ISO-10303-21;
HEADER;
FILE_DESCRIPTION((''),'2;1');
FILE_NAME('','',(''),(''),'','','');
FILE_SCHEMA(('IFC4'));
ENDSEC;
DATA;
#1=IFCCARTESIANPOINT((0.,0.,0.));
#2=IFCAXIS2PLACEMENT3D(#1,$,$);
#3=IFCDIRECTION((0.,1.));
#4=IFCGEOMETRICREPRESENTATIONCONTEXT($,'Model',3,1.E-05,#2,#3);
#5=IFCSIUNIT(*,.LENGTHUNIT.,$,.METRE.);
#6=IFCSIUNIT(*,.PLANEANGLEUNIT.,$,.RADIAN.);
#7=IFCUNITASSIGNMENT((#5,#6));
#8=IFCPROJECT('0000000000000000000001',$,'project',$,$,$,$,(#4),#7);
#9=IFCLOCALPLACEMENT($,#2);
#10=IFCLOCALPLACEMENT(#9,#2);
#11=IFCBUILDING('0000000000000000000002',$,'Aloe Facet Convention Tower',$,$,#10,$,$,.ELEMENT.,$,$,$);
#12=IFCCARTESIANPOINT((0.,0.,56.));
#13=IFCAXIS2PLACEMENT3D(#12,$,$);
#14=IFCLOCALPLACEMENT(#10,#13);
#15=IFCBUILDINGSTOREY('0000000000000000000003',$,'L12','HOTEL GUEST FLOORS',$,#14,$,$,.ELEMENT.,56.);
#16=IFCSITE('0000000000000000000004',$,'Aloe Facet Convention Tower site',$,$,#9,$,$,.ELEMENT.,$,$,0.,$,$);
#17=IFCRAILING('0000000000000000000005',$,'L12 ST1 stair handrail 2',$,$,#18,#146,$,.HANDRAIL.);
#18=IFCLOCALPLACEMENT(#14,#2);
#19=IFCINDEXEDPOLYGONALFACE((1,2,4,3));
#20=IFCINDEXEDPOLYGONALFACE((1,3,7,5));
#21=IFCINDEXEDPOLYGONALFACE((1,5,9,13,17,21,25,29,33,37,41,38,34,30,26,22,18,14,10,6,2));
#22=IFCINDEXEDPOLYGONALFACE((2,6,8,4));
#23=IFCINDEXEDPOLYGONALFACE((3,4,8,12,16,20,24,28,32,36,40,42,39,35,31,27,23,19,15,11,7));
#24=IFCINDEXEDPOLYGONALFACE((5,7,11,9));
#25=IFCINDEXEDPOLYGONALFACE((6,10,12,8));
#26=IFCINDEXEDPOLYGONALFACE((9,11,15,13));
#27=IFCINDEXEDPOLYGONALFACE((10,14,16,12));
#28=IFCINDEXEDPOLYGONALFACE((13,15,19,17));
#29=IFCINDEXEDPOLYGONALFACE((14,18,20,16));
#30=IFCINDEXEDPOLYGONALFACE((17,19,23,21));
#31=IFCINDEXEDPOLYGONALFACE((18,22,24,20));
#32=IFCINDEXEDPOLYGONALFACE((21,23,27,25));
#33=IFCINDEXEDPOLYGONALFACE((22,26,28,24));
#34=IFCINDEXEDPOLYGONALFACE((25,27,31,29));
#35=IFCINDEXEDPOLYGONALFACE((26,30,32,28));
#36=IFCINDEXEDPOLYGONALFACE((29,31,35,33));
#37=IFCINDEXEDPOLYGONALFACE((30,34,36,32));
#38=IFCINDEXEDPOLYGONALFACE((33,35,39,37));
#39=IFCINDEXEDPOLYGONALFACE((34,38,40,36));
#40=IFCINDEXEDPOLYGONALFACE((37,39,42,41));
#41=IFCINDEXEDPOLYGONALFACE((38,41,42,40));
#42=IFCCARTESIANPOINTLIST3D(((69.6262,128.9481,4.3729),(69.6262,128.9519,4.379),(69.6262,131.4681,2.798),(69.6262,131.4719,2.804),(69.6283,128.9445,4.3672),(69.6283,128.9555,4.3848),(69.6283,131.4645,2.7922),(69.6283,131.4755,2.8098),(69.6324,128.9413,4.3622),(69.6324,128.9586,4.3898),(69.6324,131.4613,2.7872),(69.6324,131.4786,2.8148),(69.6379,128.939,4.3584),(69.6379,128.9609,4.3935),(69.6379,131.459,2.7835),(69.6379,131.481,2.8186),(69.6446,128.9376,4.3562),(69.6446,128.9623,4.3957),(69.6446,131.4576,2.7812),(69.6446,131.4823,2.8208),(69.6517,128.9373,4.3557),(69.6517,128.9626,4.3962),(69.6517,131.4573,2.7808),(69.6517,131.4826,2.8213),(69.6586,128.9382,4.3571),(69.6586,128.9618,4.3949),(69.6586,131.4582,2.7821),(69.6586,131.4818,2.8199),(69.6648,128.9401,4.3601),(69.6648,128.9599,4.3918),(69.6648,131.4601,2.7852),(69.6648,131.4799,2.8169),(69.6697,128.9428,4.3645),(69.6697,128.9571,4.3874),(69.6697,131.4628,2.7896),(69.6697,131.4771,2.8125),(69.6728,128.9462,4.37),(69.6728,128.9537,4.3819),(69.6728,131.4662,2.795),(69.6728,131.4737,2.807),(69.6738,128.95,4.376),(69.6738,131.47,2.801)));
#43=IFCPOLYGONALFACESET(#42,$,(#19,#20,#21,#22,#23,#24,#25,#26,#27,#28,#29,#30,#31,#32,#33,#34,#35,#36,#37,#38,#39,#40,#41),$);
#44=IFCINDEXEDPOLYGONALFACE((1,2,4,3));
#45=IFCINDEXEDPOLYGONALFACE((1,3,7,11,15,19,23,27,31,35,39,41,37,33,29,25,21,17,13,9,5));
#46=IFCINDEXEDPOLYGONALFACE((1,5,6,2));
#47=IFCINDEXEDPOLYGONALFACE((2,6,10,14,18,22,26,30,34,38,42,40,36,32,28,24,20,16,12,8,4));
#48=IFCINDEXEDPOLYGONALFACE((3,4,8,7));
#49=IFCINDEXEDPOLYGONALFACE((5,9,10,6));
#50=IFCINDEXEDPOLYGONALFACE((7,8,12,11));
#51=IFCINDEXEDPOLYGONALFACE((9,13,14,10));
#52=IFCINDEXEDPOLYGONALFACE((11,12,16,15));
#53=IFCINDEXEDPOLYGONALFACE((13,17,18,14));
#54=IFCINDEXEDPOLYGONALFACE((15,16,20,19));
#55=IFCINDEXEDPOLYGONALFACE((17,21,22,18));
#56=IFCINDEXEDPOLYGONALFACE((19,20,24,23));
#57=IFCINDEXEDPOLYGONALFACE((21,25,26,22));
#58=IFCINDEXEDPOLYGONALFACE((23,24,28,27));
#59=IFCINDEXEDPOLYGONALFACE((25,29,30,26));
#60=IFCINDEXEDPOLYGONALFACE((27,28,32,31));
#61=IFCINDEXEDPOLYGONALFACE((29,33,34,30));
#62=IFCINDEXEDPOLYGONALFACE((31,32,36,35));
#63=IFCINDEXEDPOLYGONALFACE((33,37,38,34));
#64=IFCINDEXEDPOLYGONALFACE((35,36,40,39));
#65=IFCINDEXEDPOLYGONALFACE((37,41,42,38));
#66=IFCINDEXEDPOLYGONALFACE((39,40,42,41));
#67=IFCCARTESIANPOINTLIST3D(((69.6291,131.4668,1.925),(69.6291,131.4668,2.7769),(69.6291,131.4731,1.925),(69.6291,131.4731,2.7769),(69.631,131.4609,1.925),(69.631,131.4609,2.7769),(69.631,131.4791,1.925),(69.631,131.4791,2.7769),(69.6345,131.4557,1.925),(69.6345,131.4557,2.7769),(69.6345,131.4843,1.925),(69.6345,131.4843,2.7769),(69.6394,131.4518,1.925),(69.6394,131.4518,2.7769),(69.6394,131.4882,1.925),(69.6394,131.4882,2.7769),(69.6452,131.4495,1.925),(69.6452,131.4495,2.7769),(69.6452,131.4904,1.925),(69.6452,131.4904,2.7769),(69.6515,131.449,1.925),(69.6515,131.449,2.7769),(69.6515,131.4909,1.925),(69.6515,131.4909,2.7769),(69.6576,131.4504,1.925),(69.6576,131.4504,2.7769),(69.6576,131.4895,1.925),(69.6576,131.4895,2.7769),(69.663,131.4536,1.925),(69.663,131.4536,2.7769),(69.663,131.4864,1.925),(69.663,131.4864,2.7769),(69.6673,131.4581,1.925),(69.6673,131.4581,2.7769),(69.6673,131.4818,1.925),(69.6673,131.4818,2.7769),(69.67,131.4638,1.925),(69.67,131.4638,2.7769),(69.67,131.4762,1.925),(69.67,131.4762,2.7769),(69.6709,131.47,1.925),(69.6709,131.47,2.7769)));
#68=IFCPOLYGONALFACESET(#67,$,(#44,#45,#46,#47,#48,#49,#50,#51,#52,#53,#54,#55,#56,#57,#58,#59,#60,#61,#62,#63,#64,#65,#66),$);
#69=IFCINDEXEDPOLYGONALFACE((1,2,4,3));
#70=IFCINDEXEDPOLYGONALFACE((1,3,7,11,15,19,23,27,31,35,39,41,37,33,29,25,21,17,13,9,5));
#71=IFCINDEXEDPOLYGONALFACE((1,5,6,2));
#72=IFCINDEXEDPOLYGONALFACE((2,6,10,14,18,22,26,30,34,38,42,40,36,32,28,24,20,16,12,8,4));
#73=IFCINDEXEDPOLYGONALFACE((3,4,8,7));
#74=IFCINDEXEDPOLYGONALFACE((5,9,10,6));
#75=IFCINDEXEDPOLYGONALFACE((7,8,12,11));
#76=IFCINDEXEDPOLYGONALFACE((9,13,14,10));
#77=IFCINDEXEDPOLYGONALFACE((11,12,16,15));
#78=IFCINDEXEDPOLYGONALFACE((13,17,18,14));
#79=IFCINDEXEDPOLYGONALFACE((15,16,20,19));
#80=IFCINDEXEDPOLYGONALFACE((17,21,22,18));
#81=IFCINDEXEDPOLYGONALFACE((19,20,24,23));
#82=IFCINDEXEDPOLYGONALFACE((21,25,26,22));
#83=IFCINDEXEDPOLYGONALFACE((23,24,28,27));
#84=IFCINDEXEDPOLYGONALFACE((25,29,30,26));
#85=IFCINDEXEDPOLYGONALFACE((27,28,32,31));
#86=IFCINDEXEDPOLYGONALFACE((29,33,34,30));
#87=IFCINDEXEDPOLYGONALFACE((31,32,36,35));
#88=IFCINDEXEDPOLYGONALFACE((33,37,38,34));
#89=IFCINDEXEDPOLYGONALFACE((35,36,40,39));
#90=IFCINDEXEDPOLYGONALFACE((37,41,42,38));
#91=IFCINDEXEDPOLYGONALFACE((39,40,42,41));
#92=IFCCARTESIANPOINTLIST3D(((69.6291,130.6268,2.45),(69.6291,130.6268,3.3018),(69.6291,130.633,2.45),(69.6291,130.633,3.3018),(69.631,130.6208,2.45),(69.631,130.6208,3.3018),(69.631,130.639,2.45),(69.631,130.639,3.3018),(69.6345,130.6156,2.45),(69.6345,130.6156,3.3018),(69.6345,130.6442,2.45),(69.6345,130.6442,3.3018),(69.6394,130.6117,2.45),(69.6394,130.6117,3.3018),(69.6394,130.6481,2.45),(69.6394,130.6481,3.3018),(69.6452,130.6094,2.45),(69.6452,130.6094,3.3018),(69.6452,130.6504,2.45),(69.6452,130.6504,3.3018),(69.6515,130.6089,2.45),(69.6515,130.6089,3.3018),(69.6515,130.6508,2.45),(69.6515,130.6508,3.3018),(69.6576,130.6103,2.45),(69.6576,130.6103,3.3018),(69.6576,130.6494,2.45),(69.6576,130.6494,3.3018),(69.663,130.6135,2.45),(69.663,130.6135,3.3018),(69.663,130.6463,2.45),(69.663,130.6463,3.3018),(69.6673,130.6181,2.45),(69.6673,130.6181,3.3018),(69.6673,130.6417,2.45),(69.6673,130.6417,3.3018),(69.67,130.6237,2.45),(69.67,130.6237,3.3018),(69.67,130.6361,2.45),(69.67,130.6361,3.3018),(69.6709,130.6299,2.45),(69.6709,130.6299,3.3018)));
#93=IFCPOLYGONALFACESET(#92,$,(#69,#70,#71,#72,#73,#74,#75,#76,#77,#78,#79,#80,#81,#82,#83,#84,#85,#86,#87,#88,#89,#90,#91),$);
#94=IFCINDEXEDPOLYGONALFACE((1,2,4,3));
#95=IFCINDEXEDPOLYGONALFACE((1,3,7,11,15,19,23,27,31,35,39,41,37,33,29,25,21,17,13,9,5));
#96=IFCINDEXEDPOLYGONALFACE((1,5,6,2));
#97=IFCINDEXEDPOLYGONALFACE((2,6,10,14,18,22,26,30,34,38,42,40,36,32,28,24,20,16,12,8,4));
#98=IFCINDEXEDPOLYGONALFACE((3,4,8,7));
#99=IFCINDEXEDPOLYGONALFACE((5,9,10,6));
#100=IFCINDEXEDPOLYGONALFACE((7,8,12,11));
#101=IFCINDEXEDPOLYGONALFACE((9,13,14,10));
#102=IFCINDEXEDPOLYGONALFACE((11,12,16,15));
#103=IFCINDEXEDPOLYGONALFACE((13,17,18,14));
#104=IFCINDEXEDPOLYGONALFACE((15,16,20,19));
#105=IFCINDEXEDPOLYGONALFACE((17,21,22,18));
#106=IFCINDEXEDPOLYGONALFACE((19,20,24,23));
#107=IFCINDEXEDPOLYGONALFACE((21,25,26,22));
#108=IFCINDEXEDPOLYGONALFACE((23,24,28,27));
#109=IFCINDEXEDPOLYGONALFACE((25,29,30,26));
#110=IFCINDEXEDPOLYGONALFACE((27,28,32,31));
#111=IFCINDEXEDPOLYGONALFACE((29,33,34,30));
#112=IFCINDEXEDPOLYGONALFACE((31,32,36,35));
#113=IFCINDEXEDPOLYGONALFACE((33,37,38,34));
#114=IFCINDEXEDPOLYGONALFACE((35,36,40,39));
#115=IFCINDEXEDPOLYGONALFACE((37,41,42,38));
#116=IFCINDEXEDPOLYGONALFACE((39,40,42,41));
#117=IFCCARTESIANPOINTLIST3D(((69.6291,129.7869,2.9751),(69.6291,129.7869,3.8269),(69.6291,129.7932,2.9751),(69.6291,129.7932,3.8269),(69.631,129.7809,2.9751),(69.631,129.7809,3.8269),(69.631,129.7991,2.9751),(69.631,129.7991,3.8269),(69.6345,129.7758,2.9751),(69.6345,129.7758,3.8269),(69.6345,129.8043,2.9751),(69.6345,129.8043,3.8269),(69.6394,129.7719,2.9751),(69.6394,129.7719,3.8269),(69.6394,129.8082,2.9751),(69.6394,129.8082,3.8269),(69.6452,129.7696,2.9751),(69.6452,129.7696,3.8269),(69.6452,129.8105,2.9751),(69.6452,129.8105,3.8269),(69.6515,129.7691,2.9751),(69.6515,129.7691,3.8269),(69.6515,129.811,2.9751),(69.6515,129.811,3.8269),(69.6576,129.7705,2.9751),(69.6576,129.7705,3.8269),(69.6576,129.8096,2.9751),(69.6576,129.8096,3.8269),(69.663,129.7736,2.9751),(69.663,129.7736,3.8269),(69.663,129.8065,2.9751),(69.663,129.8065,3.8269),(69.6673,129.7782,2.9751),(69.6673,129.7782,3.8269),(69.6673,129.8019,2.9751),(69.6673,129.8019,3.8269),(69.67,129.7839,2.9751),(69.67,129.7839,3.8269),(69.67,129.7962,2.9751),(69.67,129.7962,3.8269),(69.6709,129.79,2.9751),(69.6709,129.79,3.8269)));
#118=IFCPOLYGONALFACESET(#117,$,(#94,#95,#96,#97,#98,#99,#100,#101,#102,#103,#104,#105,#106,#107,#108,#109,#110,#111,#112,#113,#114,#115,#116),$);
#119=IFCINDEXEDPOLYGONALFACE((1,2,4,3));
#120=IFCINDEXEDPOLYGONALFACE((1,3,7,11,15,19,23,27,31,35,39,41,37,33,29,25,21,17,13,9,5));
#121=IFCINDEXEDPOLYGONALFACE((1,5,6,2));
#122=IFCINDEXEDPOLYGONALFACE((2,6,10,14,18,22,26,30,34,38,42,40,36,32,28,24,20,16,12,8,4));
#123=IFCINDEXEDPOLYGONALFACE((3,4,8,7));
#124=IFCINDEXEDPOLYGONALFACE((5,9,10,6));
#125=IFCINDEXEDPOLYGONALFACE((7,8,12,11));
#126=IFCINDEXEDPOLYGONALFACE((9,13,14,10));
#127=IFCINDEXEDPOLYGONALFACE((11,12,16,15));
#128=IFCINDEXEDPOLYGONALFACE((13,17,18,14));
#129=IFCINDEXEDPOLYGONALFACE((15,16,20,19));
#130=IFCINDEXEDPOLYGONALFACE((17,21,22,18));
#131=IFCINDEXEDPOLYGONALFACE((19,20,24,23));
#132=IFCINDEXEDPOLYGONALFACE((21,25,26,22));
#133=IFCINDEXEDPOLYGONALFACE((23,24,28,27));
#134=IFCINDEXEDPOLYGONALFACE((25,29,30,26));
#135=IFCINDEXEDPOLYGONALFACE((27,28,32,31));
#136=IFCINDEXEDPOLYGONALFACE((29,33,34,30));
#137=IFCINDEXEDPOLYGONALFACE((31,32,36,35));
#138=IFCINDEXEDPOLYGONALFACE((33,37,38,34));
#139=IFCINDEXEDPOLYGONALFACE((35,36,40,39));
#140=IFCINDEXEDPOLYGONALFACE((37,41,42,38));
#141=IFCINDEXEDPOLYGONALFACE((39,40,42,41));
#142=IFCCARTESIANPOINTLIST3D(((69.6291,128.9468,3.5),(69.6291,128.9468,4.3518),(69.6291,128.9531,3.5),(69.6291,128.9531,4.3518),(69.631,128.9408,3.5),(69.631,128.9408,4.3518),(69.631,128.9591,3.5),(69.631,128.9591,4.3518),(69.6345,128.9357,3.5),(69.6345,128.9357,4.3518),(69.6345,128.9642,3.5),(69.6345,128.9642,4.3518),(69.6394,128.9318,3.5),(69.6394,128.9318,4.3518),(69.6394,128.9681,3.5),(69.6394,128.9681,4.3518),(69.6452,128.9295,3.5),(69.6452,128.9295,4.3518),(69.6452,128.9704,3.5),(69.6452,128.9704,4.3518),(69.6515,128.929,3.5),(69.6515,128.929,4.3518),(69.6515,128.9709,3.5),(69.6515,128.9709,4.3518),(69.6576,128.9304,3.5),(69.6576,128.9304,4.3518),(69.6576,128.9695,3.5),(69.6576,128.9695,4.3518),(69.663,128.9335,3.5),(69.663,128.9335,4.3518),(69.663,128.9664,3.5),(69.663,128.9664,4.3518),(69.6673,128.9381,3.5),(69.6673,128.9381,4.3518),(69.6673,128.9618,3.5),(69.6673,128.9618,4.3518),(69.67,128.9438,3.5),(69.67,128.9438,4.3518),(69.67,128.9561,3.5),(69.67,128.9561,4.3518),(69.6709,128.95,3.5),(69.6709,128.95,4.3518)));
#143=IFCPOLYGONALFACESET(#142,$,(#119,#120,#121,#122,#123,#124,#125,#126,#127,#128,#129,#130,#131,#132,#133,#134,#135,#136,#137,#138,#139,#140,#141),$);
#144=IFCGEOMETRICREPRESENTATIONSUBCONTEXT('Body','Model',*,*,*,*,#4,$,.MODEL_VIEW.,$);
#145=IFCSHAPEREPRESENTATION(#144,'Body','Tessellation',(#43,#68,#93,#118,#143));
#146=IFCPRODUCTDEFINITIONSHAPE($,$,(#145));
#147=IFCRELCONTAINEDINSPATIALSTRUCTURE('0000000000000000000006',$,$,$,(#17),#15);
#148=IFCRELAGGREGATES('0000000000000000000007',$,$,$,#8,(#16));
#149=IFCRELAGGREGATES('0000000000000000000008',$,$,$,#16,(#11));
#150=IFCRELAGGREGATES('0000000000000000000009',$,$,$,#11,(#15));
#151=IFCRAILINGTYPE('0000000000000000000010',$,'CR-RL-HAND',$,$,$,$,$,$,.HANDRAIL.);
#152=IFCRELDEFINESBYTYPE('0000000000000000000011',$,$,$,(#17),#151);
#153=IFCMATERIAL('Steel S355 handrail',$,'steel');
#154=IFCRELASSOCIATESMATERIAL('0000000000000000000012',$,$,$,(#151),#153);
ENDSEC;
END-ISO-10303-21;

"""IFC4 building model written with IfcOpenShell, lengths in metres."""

from ifc_helpers import new_model, si_unit, direction, frame, origin, origin_2d, place, context, subcontext, project, spatial, circle, extrude, material, type_object, element, save


model = new_model("IFC4")

# Units and contexts
model_context = context("Model", 3, precision=1e-05, world=origin(), true_north=direction((0.0, 1.0)))
body_context = subcontext(model_context, "Body", "Model", "MODEL_VIEW")
ifc_project = project(units=[si_unit("LENGTHUNIT", "METRE"), si_unit("PLANEANGLEUNIT", "RADIAN")], contexts=[model_context])

# Site, building, storey
site_placement = place(None, origin())
site = spatial("IfcSite", under=ifc_project, at=site_placement, Name="Aloe Facet Convention Tower site", CompositionType="ELEMENT", RefElevation=0.0)
building_placement = place(site_placement, origin())
building = spatial("IfcBuilding", under=site, at=building_placement, Name="Aloe Facet Convention Tower", CompositionType="ELEMENT")
storey_placement = place(building_placement, frame((0.0, 0.0, 56.0)))
storey = spatial("IfcBuildingStorey", under=building, at=storey_placement, Name="L12", Description="HOTEL GUEST FLOORS", CompositionType="ELEMENT", Elevation=56.0)

# Railing
ifc_material_1 = material(Name="Steel S355 handrail", Category="steel")
railing_type_1 = type_object("IfcRailingType", Name="CR-RL-HAND", PredefinedType="HANDRAIL", material=ifc_material_1)
railing_1_placement = place(storey_placement, frame((69.6499, 131.47, 1.925)))
element("IfcRailing", 1, at=railing_1_placement, inside=storey, type_object=railing_type_1, Name="L12 ST1 stair handrail 2", PredefinedType="HANDRAIL", context=body_context, shape_type="SweptSolid", body=[
    extrude(circle(Radius=0.0239, at=origin_2d()), frame((0.0, 0.0, 0.876), z_axis=(0.0, -0.848008, 0.529984), x_axis=(1.0, 0.0, 0.0)), (0.0, 0.0, 1.0), 2.9717),
    extrude(circle(Radius=0.021, at=origin_2d()), origin(), (0.0, 0.0, 1.0), 0.8518),
    extrude(circle(Radius=0.021, at=origin_2d()), frame((0.0, -0.8401, 0.5249)), (0.0, 0.0, 1.0), 0.8518),
    extrude(circle(Radius=0.021, at=origin_2d()), frame((0.0, -1.6799, 1.05)), (0.0, 0.0, 1.0), 0.8518),
    extrude(circle(Radius=0.021, at=origin_2d()), frame((0.0, -2.52, 1.575)), (0.0, 0.0, 1.0), 0.8518),
])

save(model, "model.ifc")
